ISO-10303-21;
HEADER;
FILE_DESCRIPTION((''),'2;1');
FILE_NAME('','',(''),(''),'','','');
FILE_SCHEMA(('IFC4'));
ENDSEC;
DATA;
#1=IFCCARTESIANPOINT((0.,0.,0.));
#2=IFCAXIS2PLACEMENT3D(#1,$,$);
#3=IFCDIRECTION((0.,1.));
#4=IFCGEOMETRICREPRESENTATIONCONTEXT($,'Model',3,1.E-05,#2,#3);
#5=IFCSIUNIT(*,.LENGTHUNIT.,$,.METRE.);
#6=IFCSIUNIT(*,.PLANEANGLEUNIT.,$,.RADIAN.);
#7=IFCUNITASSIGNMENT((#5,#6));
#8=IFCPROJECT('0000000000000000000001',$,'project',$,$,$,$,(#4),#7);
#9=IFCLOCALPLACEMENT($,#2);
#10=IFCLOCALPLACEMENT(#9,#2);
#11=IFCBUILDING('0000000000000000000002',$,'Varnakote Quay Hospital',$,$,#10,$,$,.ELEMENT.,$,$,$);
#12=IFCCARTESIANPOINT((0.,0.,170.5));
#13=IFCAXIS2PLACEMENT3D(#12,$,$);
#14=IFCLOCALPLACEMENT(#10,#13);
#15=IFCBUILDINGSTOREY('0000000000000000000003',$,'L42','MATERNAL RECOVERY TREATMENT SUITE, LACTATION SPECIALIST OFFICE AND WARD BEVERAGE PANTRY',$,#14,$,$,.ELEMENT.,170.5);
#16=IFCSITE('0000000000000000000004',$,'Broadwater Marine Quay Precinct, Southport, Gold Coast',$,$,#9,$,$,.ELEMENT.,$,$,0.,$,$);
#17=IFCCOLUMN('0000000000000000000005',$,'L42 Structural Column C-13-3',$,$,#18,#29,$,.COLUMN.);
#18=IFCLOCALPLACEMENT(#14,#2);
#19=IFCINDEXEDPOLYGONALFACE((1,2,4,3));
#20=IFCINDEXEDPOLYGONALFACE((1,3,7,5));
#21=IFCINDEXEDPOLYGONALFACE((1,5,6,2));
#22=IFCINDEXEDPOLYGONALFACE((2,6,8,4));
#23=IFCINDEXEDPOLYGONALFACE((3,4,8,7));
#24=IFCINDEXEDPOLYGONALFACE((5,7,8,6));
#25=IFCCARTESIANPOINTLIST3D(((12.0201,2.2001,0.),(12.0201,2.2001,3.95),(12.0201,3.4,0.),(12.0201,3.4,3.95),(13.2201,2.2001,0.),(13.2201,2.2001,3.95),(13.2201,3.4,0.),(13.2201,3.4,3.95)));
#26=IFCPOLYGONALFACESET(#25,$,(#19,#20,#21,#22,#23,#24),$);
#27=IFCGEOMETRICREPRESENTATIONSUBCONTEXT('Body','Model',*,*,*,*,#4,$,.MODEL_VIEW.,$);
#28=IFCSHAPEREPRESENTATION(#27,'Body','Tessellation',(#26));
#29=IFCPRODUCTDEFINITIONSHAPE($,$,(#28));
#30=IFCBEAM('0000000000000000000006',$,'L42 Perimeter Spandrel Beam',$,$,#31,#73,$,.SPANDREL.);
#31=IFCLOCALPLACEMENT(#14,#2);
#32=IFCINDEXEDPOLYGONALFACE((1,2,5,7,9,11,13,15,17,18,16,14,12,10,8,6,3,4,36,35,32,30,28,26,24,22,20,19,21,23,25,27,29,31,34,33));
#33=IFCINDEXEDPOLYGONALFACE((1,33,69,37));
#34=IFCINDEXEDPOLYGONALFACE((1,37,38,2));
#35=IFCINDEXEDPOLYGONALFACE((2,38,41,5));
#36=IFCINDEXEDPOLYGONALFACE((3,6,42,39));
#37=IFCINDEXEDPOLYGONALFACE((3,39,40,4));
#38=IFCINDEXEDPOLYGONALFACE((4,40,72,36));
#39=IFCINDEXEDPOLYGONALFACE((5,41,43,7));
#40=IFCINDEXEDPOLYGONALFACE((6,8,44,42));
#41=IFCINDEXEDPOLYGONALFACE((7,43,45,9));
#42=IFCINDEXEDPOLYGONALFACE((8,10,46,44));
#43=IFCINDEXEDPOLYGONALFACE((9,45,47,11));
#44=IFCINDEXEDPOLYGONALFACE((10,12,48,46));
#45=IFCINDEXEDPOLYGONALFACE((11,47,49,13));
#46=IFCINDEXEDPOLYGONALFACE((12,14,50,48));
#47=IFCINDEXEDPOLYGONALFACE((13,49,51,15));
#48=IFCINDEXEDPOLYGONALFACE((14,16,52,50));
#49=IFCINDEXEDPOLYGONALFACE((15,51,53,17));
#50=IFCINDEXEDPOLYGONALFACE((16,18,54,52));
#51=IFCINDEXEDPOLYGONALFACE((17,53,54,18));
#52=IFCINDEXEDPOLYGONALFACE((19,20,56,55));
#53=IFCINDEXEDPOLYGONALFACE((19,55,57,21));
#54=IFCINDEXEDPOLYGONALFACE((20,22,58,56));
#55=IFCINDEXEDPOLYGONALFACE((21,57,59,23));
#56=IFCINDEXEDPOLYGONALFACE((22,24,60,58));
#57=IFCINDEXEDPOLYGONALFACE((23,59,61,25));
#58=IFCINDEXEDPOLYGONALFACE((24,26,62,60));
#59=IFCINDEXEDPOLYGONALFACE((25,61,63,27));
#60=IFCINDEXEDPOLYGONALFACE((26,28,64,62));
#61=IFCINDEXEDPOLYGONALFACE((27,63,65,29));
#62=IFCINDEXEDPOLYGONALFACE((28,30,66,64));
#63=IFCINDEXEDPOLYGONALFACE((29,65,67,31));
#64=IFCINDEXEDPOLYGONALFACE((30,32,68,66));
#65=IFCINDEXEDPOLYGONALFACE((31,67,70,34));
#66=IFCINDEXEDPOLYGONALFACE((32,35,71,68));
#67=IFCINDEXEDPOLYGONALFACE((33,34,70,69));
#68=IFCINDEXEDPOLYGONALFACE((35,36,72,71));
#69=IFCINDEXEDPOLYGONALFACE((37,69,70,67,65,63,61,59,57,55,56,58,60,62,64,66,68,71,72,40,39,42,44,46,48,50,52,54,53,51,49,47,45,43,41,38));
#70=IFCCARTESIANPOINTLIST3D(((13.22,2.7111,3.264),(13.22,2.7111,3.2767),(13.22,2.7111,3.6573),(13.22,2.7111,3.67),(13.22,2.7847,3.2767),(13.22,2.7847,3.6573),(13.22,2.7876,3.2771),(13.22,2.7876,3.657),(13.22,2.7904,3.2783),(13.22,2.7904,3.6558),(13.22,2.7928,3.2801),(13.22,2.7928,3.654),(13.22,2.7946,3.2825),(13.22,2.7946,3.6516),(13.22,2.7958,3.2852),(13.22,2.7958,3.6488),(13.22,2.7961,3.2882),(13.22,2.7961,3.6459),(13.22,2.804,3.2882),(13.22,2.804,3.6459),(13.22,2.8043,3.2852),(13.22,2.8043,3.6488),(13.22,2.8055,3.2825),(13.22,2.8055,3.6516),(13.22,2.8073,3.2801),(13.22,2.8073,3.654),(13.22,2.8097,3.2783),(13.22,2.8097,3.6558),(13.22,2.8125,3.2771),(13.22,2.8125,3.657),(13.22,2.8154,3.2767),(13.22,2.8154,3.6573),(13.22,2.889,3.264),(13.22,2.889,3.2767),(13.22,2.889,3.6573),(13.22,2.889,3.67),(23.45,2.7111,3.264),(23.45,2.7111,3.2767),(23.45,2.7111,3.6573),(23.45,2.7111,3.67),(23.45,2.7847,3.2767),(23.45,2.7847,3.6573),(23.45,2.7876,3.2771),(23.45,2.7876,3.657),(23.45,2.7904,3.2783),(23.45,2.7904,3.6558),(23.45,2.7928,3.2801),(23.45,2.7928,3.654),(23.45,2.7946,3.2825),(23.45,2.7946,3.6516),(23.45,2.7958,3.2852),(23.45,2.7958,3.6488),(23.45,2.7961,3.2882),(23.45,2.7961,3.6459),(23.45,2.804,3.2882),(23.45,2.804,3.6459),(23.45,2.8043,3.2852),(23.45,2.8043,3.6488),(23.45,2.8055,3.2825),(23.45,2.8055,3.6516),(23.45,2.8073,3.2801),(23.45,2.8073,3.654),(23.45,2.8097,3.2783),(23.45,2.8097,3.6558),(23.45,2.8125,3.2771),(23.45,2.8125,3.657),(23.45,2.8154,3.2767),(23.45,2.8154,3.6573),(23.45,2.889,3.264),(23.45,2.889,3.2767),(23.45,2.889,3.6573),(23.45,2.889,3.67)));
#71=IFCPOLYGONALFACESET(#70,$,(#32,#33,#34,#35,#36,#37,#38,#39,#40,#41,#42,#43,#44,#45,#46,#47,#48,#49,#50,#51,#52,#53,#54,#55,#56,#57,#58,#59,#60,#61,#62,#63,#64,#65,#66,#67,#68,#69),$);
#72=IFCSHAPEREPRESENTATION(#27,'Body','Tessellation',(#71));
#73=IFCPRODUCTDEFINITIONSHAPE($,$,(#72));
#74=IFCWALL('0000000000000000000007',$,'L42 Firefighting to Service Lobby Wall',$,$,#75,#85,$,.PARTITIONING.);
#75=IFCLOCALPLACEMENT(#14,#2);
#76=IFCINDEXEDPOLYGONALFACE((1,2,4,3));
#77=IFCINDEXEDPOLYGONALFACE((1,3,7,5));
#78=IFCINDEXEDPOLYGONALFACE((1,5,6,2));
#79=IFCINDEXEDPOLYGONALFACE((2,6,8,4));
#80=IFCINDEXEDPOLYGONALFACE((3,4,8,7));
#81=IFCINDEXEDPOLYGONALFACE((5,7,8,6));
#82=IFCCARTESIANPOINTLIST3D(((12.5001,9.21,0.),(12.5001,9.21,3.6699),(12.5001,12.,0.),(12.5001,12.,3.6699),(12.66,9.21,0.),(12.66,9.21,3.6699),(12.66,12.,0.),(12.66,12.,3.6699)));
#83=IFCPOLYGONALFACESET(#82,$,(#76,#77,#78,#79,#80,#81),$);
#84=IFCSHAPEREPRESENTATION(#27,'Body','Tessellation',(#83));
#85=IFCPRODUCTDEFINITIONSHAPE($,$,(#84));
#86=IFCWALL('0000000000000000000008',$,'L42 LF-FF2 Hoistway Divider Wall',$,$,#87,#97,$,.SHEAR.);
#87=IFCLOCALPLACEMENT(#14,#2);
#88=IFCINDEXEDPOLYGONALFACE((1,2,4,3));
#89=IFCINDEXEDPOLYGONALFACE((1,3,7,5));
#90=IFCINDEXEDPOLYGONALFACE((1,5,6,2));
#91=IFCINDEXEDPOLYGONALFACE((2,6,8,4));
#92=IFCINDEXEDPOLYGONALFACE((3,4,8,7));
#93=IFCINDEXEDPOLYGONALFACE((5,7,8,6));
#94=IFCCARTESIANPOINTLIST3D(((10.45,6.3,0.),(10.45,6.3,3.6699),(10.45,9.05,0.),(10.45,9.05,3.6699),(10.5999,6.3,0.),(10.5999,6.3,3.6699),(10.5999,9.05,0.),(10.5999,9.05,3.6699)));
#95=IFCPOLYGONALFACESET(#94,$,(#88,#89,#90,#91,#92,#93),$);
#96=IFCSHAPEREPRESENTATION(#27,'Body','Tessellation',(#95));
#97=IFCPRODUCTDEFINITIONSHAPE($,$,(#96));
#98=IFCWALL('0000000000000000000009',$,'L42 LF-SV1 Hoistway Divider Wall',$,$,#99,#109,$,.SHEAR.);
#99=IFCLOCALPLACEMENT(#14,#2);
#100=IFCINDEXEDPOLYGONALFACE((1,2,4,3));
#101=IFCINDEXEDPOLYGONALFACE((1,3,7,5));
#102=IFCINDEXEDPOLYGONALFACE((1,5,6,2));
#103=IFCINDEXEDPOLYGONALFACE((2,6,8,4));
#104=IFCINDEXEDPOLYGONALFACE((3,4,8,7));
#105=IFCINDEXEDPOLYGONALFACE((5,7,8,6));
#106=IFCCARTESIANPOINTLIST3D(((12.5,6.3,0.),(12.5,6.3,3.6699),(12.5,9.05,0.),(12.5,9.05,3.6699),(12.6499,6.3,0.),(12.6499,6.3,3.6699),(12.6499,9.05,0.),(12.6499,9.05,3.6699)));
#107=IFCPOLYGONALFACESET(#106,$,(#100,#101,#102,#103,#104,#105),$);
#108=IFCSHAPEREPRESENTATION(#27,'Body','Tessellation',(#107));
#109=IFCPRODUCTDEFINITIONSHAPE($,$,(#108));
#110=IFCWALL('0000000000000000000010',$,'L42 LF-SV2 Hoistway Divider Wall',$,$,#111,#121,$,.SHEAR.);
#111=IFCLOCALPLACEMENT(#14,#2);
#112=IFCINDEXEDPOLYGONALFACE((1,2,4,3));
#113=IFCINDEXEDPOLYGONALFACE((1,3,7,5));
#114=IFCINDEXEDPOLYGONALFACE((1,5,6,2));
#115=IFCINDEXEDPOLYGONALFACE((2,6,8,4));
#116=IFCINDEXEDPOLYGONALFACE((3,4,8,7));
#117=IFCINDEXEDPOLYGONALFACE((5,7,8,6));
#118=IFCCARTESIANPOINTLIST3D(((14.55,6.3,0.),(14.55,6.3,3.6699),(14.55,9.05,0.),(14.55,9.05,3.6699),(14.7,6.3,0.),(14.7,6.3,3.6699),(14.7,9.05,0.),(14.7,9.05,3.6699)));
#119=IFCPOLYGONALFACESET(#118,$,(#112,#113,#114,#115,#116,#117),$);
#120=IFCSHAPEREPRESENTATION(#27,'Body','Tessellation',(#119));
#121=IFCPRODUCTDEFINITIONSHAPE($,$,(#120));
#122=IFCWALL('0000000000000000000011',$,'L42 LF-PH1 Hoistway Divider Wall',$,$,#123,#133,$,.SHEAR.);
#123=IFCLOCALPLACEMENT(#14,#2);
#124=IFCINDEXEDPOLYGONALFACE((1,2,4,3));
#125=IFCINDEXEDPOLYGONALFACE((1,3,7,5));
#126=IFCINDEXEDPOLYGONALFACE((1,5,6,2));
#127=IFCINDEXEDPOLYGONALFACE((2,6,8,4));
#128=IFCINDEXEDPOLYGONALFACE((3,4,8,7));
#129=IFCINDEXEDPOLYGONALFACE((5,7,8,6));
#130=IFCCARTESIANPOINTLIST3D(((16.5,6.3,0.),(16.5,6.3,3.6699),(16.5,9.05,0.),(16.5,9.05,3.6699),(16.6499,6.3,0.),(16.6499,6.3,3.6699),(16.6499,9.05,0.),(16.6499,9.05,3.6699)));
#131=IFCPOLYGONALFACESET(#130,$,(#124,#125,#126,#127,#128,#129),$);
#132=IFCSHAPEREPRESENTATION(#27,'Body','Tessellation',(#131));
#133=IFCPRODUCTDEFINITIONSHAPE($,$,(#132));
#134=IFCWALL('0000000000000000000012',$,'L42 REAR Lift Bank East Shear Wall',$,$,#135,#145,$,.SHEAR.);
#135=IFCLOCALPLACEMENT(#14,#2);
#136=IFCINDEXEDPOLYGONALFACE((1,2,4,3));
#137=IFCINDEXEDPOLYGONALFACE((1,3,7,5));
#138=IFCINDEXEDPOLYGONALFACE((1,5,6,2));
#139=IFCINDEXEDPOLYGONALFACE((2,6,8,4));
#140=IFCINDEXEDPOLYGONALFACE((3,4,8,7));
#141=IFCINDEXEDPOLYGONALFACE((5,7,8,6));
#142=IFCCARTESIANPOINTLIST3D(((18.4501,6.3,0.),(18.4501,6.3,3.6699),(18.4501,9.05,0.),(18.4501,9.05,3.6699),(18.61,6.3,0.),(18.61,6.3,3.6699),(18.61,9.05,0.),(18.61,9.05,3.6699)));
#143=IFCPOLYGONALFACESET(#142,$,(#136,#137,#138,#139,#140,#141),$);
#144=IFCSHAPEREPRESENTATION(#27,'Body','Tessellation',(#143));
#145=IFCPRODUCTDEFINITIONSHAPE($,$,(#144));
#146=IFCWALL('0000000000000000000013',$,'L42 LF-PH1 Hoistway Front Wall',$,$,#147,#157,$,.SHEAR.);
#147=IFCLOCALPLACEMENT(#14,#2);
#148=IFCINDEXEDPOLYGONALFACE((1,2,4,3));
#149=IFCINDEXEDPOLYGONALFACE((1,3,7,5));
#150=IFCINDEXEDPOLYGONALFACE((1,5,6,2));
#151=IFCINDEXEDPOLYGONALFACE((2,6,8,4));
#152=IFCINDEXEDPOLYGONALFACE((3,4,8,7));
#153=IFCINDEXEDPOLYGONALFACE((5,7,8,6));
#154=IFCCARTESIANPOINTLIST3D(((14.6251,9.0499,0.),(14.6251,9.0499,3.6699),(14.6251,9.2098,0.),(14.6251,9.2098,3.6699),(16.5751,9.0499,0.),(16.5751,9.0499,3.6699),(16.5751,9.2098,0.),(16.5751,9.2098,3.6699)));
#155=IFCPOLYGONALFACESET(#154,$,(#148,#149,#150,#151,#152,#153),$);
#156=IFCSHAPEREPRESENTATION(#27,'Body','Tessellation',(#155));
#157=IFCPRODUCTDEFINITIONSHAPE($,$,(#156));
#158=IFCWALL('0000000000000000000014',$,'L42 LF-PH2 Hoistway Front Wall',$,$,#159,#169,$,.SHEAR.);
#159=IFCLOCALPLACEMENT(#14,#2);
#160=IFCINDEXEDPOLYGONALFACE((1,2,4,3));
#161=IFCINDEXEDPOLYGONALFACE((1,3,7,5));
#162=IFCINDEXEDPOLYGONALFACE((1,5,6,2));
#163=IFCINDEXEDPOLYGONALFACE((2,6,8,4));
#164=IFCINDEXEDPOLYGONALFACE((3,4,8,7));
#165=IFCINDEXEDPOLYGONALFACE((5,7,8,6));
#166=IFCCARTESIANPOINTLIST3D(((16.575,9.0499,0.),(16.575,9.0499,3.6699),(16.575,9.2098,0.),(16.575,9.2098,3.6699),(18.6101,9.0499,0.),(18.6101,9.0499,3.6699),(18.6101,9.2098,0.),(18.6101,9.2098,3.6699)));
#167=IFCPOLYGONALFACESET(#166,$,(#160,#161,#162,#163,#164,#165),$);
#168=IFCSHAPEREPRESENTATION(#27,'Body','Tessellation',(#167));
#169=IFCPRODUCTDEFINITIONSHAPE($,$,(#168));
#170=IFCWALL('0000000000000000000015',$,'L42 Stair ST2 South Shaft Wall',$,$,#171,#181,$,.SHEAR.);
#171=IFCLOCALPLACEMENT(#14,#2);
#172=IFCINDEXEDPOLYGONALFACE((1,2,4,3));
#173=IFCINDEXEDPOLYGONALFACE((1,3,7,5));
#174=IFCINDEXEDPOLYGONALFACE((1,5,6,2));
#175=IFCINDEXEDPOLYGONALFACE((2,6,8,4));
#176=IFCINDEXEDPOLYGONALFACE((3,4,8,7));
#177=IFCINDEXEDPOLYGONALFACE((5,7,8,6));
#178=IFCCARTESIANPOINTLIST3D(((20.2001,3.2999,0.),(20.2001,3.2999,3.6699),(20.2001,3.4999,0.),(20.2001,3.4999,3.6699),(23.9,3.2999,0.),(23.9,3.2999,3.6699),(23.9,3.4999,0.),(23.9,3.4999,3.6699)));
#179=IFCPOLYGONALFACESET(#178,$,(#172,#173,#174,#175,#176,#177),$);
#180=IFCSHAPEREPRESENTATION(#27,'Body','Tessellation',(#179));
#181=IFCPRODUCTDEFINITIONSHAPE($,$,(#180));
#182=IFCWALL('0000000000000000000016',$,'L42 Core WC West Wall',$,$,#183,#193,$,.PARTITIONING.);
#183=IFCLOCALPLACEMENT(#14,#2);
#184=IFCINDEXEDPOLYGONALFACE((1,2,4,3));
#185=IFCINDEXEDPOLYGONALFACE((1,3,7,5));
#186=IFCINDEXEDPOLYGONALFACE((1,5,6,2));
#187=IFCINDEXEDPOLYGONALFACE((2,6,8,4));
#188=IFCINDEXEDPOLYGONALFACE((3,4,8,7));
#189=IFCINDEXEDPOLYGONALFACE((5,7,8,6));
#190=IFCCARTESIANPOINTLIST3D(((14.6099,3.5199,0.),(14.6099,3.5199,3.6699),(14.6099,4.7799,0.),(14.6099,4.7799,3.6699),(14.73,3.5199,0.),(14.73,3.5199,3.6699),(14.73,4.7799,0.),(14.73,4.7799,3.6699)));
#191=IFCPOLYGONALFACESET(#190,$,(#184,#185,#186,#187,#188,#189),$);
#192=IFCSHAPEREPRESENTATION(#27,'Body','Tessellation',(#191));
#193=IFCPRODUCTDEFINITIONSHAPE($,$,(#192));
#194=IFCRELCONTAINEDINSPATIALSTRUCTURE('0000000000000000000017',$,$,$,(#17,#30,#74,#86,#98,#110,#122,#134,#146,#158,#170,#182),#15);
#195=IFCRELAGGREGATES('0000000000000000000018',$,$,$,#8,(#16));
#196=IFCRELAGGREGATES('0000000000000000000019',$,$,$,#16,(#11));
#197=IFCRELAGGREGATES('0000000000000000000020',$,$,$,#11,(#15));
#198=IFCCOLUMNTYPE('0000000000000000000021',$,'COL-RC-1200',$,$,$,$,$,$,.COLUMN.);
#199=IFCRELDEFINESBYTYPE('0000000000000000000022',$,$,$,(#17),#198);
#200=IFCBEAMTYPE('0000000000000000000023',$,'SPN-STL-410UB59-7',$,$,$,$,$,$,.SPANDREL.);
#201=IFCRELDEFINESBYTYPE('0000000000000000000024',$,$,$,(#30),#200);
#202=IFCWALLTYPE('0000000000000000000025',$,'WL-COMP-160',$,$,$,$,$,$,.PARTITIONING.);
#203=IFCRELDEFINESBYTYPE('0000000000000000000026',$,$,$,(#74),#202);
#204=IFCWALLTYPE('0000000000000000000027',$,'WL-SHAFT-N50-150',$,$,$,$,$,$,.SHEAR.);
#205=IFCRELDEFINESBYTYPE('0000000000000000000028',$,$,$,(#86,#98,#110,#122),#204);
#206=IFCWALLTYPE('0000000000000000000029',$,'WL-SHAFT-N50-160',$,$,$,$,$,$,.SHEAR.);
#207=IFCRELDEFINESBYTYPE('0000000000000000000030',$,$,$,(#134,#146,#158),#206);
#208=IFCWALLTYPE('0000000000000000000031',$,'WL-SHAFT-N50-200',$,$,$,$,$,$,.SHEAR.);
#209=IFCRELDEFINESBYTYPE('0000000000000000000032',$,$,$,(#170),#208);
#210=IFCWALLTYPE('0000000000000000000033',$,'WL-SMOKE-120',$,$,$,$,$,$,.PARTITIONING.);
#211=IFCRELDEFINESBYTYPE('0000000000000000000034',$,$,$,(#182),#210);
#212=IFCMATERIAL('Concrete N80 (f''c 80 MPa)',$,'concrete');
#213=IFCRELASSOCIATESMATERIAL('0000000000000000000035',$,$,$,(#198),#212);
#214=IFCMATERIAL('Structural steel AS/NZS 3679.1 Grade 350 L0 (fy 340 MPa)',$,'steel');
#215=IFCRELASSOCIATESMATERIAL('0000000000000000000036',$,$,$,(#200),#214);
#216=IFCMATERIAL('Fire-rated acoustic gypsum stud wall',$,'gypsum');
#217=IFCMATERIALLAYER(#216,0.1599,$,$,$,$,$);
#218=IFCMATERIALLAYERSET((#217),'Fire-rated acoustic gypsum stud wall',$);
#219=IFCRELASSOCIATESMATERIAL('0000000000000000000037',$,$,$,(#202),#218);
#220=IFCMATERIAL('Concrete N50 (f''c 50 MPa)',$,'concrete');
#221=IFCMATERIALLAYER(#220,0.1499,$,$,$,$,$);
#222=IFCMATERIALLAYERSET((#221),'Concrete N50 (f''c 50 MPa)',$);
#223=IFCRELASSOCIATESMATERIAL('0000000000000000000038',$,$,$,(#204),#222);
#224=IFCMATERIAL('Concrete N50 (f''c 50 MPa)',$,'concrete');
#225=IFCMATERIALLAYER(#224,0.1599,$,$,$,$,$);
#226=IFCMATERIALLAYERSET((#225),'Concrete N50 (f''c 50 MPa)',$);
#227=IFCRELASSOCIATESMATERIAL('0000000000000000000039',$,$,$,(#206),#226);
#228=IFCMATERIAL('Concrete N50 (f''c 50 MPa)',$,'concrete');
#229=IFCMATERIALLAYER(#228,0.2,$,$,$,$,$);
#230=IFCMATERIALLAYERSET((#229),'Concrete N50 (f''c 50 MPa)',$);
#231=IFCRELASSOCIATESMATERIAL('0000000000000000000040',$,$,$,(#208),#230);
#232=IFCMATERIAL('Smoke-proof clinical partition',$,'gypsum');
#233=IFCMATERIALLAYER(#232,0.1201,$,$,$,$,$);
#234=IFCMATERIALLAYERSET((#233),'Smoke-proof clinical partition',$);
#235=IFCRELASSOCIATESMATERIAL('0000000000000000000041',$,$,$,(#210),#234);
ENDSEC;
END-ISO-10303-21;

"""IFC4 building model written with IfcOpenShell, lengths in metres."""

from ifc_helpers import new_model, si_unit, direction, frame, frame_2d, origin, origin_2d, place, context, subcontext, project, spatial, rectangle, i_section, extrude, material, layer, layer_set, material_profile, profile_set, type_object, element, save


model = new_model("IFC4")

# Units and contexts
model_context = context("Model", 3, precision=1e-05, world=origin(), true_north=direction((0.0, 1.0)))
body_context = subcontext(model_context, "Body", "Model", "MODEL_VIEW")
ifc_project = project(units=[si_unit("LENGTHUNIT", "METRE"), si_unit("PLANEANGLEUNIT", "RADIAN")], contexts=[model_context])

# Site, building, storey
site_placement = place(None, origin())
site = spatial("IfcSite", under=ifc_project, at=site_placement, Name="Broadwater Marine Quay Precinct, Southport, Gold Coast", CompositionType="ELEMENT", RefElevation=0.0)
building_placement = place(site_placement, origin())
building = spatial("IfcBuilding", under=site, at=building_placement, Name="Varnakote Quay Hospital", CompositionType="ELEMENT")
storey_placement = place(building_placement, frame((0.0, 0.0, 170.5)))
storey = spatial("IfcBuildingStorey", under=building, at=storey_placement, Name="L42", Description="MATERNAL RECOVERY TREATMENT SUITE, LACTATION SPECIALIST OFFICE AND WARD BEVERAGE PANTRY", CompositionType="ELEMENT", Elevation=170.5)

# Column
ifc_material_1 = material(Name="Concrete N80 (f'c 80 MPa)", Category="concrete")
ifc_material_profile_1 = material_profile(ifc_material_1, rectangle(XDim=1.2, YDim=1.2, at=origin_2d()), Name="RC-COL-1200x1200")
ifc_profile_set_1 = profile_set([ifc_material_profile_1], Name="Concrete N80 (f'c 80 MPa)")
column_type = type_object("IfcColumnType", Name="COL-RC-1200", PredefinedType="COLUMN", material=ifc_profile_set_1)
column_placement = place(storey_placement, frame((12.6201, 2.8, 0.0), z_axis=(0.0, 0.0, 1.0), x_axis=(1.0, 0.0, 0.0)))
element("IfcColumn", 1, at=column_placement, inside=storey, type_object=column_type, Name="L42 Structural Column C-13-3", PredefinedType="COLUMN", context=body_context, shape_type="SweptSolid", body=[
    extrude(rectangle(XDim=1.2, YDim=1.2, at=origin_2d()), origin(), (0.0, 0.0, 1.0), 3.95),
])

# Beam
ifc_material_2 = material(Name="Structural steel AS/NZS 3679.1 Grade 350 L0 (fy 340 MPa)", Category="steel")
ifc_material_profile_2 = material_profile(ifc_material_2, i_section(OverallWidth=0.178, OverallDepth=0.406, WebThickness=0.0078, FlangeThickness=0.0127, FilletRadius=0.0115, at=origin_2d()), Name="410UB59.7")
ifc_profile_set_2 = profile_set([ifc_material_profile_2], Name="Structural steel AS/NZS 3679.1 Grade 350 L0 (fy 340 MPa)")
beam_type = type_object("IfcBeamType", Name="SPN-STL-410UB59-7", PredefinedType="SPANDREL", material=ifc_profile_set_2)
beam_placement = place(storey_placement, frame((13.22, 2.8, 3.467), z_axis=(1.0, 0.0, 0.0), x_axis=(0.0, 1.0, 0.0)))
element("IfcBeam", 2, at=beam_placement, inside=storey, type_object=beam_type, Name="L42 Perimeter Spandrel Beam", PredefinedType="SPANDREL", context=body_context, shape_type="SweptSolid", body=[
    extrude(i_section(OverallWidth=0.178, OverallDepth=0.406, WebThickness=0.0078, FlangeThickness=0.0127, FilletRadius=0.0115, at=origin_2d()), origin(), (0.0, 0.0, 1.0), 10.23),
])

# Walls
ifc_material_3 = material(Name="Fire-rated acoustic gypsum stud wall", Category="gypsum")
ifc_layer_1 = layer(ifc_material_3, 0.1599)
ifc_layer_set_1 = layer_set([ifc_layer_1], Name="Fire-rated acoustic gypsum stud wall")
wall_type_1 = type_object("IfcWallType", Name="WL-COMP-160", PredefinedType="PARTITIONING", material=ifc_layer_set_1)
wall_1_placement = place(storey_placement, frame((12.5801, 9.21, 0.0), z_axis=(0.0, 0.0, 1.0), x_axis=(0.0, 1.0, 0.0)))
element("IfcWall", 3, at=wall_1_placement, inside=storey, type_object=wall_type_1, Name="L42 Firefighting to Service Lobby Wall", PredefinedType="PARTITIONING", context=body_context, shape_type="SweptSolid", body=[
    extrude(rectangle(XDim=2.79, YDim=0.1599, at=frame_2d((1.395, 0.0))), origin(), (0.0, 0.0, 1.0), 3.6699),
])
ifc_material_4 = material(Name="Concrete N50 (f'c 50 MPa)", Category="concrete")
ifc_layer_2 = layer(ifc_material_4, 0.1499)
ifc_layer_set_2 = layer_set([ifc_layer_2], Name="Concrete N50 (f'c 50 MPa)")
wall_type_2 = type_object("IfcWallType", Name="WL-SHAFT-N50-150", PredefinedType="SHEAR", material=ifc_layer_set_2)
for number, where, z_axis, x_axis, name in (
    (4, (10.5249, 6.3, 0.0), (0.0, 0.0, 1.0), (0.0, 1.0, 0.0), "L42 LF-FF2 Hoistway Divider Wall"),
    (5, (12.575, 6.3, 0.0), (0.0, 0.0, 1.0), (0.0, 1.0, 0.0), "L42 LF-SV1 Hoistway Divider Wall"),
    (6, (14.625, 6.3, 0.0), (0.0, 0.0, 1.0), (0.0, 1.0, 0.0), "L42 LF-SV2 Hoistway Divider Wall"),
    (7, (16.575, 6.3, 0.0), (0.0, 0.0, 1.0), (0.0, 1.0, 0.0), "L42 LF-PH1 Hoistway Divider Wall"),
):
    element("IfcWall", number, at=place(storey_placement, frame(where, z_axis=z_axis, x_axis=x_axis)), inside=storey, type_object=wall_type_2, Name=name, PredefinedType="SHEAR", context=body_context, shape_type="SweptSolid", body=[
        extrude(rectangle(XDim=2.75, YDim=0.1499, at=frame_2d((1.375, 0.0))), origin(), (0.0, 0.0, 1.0), 3.6699),
    ])
ifc_material_5 = material(Name="Concrete N50 (f'c 50 MPa)", Category="concrete")
ifc_layer_3 = layer(ifc_material_5, 0.1599)
ifc_layer_set_3 = layer_set([ifc_layer_3], Name="Concrete N50 (f'c 50 MPa)")
wall_type_3 = type_object("IfcWallType", Name="WL-SHAFT-N50-160", PredefinedType="SHEAR", material=ifc_layer_set_3)
wall_2_placement = place(storey_placement, frame((18.53, 6.3, 0.0), z_axis=(0.0, 0.0, 1.0), x_axis=(0.0, 1.0, 0.0)))
element("IfcWall", 8, at=wall_2_placement, inside=storey, type_object=wall_type_3, Name="L42 REAR Lift Bank East Shear Wall", PredefinedType="SHEAR", context=body_context, shape_type="SweptSolid", body=[
    extrude(rectangle(XDim=2.75, YDim=0.1599, at=frame_2d((1.375, 0.0))), origin(), (0.0, 0.0, 1.0), 3.6699),
])

# Walls
wall_3_placement = place(storey_placement, frame((14.625, 9.1299, 0.0), z_axis=(0.0, 0.0, 1.0), x_axis=(1.0, 0.0, 0.0)))
element("IfcWall", 9, at=wall_3_placement, inside=storey, type_object=wall_type_3, Name="L42 LF-PH1 Hoistway Front Wall", PredefinedType="SHEAR", context=body_context, shape_type="SweptSolid", body=[
    extrude(rectangle(XDim=1.95, YDim=0.1599, at=frame_2d((0.9751, 0.0))), origin(), (0.0, 0.0, 1.0), 3.6699),
])
wall_4_placement = place(storey_placement, frame((16.575, 9.1299, 0.0), z_axis=(0.0, 0.0, 1.0), x_axis=(1.0, 0.0, 0.0)))
element("IfcWall", 10, at=wall_4_placement, inside=storey, type_object=wall_type_3, Name="L42 LF-PH2 Hoistway Front Wall", PredefinedType="SHEAR", context=body_context, shape_type="SweptSolid", body=[
    extrude(rectangle(XDim=2.0352, YDim=0.1599, at=frame_2d((1.0176, 0.0))), origin(), (0.0, 0.0, 1.0), 3.6699),
])
ifc_material_6 = material(Name="Concrete N50 (f'c 50 MPa)", Category="concrete")
ifc_layer_4 = layer(ifc_material_6, 0.2)
ifc_layer_set_4 = layer_set([ifc_layer_4], Name="Concrete N50 (f'c 50 MPa)")
wall_type_4 = type_object("IfcWallType", Name="WL-SHAFT-N50-200", PredefinedType="SHEAR", material=ifc_layer_set_4)
wall_5_placement = place(storey_placement, frame((20.2, 3.3999, 0.0), z_axis=(0.0, 0.0, 1.0), x_axis=(1.0, 0.0, 0.0)))
element("IfcWall", 11, at=wall_5_placement, inside=storey, type_object=wall_type_4, Name="L42 Stair ST2 South Shaft Wall", PredefinedType="SHEAR", context=body_context, shape_type="SweptSolid", body=[
    extrude(rectangle(XDim=3.7, YDim=0.2, at=frame_2d((1.8501, 0.0))), origin(), (0.0, 0.0, 1.0), 3.6699),
])
ifc_material_7 = material(Name="Smoke-proof clinical partition", Category="gypsum")
ifc_layer_5 = layer(ifc_material_7, 0.1201)
ifc_layer_set_5 = layer_set([ifc_layer_5], Name="Smoke-proof clinical partition")
wall_type_5 = type_object("IfcWallType", Name="WL-SMOKE-120", PredefinedType="PARTITIONING", material=ifc_layer_set_5)
for number, where, z_axis, x_axis, name in (
    (12, (14.6699, 3.52, 0.0), (0.0, 0.0, 1.0), (0.0, 1.0, 0.0), "L42 Core WC West Wall"),
):
    element("IfcWall", number, at=place(storey_placement, frame(where, z_axis=z_axis, x_axis=x_axis)), inside=storey, type_object=wall_type_5, Name=name, PredefinedType="PARTITIONING", context=body_context, shape_type="SweptSolid", body=[
        extrude(rectangle(XDim=1.26, YDim=0.1201, at=frame_2d((0.6299, 0.0))), origin(), (0.0, 0.0, 1.0), 3.6699),
    ])

save(model, "model.ifc")
